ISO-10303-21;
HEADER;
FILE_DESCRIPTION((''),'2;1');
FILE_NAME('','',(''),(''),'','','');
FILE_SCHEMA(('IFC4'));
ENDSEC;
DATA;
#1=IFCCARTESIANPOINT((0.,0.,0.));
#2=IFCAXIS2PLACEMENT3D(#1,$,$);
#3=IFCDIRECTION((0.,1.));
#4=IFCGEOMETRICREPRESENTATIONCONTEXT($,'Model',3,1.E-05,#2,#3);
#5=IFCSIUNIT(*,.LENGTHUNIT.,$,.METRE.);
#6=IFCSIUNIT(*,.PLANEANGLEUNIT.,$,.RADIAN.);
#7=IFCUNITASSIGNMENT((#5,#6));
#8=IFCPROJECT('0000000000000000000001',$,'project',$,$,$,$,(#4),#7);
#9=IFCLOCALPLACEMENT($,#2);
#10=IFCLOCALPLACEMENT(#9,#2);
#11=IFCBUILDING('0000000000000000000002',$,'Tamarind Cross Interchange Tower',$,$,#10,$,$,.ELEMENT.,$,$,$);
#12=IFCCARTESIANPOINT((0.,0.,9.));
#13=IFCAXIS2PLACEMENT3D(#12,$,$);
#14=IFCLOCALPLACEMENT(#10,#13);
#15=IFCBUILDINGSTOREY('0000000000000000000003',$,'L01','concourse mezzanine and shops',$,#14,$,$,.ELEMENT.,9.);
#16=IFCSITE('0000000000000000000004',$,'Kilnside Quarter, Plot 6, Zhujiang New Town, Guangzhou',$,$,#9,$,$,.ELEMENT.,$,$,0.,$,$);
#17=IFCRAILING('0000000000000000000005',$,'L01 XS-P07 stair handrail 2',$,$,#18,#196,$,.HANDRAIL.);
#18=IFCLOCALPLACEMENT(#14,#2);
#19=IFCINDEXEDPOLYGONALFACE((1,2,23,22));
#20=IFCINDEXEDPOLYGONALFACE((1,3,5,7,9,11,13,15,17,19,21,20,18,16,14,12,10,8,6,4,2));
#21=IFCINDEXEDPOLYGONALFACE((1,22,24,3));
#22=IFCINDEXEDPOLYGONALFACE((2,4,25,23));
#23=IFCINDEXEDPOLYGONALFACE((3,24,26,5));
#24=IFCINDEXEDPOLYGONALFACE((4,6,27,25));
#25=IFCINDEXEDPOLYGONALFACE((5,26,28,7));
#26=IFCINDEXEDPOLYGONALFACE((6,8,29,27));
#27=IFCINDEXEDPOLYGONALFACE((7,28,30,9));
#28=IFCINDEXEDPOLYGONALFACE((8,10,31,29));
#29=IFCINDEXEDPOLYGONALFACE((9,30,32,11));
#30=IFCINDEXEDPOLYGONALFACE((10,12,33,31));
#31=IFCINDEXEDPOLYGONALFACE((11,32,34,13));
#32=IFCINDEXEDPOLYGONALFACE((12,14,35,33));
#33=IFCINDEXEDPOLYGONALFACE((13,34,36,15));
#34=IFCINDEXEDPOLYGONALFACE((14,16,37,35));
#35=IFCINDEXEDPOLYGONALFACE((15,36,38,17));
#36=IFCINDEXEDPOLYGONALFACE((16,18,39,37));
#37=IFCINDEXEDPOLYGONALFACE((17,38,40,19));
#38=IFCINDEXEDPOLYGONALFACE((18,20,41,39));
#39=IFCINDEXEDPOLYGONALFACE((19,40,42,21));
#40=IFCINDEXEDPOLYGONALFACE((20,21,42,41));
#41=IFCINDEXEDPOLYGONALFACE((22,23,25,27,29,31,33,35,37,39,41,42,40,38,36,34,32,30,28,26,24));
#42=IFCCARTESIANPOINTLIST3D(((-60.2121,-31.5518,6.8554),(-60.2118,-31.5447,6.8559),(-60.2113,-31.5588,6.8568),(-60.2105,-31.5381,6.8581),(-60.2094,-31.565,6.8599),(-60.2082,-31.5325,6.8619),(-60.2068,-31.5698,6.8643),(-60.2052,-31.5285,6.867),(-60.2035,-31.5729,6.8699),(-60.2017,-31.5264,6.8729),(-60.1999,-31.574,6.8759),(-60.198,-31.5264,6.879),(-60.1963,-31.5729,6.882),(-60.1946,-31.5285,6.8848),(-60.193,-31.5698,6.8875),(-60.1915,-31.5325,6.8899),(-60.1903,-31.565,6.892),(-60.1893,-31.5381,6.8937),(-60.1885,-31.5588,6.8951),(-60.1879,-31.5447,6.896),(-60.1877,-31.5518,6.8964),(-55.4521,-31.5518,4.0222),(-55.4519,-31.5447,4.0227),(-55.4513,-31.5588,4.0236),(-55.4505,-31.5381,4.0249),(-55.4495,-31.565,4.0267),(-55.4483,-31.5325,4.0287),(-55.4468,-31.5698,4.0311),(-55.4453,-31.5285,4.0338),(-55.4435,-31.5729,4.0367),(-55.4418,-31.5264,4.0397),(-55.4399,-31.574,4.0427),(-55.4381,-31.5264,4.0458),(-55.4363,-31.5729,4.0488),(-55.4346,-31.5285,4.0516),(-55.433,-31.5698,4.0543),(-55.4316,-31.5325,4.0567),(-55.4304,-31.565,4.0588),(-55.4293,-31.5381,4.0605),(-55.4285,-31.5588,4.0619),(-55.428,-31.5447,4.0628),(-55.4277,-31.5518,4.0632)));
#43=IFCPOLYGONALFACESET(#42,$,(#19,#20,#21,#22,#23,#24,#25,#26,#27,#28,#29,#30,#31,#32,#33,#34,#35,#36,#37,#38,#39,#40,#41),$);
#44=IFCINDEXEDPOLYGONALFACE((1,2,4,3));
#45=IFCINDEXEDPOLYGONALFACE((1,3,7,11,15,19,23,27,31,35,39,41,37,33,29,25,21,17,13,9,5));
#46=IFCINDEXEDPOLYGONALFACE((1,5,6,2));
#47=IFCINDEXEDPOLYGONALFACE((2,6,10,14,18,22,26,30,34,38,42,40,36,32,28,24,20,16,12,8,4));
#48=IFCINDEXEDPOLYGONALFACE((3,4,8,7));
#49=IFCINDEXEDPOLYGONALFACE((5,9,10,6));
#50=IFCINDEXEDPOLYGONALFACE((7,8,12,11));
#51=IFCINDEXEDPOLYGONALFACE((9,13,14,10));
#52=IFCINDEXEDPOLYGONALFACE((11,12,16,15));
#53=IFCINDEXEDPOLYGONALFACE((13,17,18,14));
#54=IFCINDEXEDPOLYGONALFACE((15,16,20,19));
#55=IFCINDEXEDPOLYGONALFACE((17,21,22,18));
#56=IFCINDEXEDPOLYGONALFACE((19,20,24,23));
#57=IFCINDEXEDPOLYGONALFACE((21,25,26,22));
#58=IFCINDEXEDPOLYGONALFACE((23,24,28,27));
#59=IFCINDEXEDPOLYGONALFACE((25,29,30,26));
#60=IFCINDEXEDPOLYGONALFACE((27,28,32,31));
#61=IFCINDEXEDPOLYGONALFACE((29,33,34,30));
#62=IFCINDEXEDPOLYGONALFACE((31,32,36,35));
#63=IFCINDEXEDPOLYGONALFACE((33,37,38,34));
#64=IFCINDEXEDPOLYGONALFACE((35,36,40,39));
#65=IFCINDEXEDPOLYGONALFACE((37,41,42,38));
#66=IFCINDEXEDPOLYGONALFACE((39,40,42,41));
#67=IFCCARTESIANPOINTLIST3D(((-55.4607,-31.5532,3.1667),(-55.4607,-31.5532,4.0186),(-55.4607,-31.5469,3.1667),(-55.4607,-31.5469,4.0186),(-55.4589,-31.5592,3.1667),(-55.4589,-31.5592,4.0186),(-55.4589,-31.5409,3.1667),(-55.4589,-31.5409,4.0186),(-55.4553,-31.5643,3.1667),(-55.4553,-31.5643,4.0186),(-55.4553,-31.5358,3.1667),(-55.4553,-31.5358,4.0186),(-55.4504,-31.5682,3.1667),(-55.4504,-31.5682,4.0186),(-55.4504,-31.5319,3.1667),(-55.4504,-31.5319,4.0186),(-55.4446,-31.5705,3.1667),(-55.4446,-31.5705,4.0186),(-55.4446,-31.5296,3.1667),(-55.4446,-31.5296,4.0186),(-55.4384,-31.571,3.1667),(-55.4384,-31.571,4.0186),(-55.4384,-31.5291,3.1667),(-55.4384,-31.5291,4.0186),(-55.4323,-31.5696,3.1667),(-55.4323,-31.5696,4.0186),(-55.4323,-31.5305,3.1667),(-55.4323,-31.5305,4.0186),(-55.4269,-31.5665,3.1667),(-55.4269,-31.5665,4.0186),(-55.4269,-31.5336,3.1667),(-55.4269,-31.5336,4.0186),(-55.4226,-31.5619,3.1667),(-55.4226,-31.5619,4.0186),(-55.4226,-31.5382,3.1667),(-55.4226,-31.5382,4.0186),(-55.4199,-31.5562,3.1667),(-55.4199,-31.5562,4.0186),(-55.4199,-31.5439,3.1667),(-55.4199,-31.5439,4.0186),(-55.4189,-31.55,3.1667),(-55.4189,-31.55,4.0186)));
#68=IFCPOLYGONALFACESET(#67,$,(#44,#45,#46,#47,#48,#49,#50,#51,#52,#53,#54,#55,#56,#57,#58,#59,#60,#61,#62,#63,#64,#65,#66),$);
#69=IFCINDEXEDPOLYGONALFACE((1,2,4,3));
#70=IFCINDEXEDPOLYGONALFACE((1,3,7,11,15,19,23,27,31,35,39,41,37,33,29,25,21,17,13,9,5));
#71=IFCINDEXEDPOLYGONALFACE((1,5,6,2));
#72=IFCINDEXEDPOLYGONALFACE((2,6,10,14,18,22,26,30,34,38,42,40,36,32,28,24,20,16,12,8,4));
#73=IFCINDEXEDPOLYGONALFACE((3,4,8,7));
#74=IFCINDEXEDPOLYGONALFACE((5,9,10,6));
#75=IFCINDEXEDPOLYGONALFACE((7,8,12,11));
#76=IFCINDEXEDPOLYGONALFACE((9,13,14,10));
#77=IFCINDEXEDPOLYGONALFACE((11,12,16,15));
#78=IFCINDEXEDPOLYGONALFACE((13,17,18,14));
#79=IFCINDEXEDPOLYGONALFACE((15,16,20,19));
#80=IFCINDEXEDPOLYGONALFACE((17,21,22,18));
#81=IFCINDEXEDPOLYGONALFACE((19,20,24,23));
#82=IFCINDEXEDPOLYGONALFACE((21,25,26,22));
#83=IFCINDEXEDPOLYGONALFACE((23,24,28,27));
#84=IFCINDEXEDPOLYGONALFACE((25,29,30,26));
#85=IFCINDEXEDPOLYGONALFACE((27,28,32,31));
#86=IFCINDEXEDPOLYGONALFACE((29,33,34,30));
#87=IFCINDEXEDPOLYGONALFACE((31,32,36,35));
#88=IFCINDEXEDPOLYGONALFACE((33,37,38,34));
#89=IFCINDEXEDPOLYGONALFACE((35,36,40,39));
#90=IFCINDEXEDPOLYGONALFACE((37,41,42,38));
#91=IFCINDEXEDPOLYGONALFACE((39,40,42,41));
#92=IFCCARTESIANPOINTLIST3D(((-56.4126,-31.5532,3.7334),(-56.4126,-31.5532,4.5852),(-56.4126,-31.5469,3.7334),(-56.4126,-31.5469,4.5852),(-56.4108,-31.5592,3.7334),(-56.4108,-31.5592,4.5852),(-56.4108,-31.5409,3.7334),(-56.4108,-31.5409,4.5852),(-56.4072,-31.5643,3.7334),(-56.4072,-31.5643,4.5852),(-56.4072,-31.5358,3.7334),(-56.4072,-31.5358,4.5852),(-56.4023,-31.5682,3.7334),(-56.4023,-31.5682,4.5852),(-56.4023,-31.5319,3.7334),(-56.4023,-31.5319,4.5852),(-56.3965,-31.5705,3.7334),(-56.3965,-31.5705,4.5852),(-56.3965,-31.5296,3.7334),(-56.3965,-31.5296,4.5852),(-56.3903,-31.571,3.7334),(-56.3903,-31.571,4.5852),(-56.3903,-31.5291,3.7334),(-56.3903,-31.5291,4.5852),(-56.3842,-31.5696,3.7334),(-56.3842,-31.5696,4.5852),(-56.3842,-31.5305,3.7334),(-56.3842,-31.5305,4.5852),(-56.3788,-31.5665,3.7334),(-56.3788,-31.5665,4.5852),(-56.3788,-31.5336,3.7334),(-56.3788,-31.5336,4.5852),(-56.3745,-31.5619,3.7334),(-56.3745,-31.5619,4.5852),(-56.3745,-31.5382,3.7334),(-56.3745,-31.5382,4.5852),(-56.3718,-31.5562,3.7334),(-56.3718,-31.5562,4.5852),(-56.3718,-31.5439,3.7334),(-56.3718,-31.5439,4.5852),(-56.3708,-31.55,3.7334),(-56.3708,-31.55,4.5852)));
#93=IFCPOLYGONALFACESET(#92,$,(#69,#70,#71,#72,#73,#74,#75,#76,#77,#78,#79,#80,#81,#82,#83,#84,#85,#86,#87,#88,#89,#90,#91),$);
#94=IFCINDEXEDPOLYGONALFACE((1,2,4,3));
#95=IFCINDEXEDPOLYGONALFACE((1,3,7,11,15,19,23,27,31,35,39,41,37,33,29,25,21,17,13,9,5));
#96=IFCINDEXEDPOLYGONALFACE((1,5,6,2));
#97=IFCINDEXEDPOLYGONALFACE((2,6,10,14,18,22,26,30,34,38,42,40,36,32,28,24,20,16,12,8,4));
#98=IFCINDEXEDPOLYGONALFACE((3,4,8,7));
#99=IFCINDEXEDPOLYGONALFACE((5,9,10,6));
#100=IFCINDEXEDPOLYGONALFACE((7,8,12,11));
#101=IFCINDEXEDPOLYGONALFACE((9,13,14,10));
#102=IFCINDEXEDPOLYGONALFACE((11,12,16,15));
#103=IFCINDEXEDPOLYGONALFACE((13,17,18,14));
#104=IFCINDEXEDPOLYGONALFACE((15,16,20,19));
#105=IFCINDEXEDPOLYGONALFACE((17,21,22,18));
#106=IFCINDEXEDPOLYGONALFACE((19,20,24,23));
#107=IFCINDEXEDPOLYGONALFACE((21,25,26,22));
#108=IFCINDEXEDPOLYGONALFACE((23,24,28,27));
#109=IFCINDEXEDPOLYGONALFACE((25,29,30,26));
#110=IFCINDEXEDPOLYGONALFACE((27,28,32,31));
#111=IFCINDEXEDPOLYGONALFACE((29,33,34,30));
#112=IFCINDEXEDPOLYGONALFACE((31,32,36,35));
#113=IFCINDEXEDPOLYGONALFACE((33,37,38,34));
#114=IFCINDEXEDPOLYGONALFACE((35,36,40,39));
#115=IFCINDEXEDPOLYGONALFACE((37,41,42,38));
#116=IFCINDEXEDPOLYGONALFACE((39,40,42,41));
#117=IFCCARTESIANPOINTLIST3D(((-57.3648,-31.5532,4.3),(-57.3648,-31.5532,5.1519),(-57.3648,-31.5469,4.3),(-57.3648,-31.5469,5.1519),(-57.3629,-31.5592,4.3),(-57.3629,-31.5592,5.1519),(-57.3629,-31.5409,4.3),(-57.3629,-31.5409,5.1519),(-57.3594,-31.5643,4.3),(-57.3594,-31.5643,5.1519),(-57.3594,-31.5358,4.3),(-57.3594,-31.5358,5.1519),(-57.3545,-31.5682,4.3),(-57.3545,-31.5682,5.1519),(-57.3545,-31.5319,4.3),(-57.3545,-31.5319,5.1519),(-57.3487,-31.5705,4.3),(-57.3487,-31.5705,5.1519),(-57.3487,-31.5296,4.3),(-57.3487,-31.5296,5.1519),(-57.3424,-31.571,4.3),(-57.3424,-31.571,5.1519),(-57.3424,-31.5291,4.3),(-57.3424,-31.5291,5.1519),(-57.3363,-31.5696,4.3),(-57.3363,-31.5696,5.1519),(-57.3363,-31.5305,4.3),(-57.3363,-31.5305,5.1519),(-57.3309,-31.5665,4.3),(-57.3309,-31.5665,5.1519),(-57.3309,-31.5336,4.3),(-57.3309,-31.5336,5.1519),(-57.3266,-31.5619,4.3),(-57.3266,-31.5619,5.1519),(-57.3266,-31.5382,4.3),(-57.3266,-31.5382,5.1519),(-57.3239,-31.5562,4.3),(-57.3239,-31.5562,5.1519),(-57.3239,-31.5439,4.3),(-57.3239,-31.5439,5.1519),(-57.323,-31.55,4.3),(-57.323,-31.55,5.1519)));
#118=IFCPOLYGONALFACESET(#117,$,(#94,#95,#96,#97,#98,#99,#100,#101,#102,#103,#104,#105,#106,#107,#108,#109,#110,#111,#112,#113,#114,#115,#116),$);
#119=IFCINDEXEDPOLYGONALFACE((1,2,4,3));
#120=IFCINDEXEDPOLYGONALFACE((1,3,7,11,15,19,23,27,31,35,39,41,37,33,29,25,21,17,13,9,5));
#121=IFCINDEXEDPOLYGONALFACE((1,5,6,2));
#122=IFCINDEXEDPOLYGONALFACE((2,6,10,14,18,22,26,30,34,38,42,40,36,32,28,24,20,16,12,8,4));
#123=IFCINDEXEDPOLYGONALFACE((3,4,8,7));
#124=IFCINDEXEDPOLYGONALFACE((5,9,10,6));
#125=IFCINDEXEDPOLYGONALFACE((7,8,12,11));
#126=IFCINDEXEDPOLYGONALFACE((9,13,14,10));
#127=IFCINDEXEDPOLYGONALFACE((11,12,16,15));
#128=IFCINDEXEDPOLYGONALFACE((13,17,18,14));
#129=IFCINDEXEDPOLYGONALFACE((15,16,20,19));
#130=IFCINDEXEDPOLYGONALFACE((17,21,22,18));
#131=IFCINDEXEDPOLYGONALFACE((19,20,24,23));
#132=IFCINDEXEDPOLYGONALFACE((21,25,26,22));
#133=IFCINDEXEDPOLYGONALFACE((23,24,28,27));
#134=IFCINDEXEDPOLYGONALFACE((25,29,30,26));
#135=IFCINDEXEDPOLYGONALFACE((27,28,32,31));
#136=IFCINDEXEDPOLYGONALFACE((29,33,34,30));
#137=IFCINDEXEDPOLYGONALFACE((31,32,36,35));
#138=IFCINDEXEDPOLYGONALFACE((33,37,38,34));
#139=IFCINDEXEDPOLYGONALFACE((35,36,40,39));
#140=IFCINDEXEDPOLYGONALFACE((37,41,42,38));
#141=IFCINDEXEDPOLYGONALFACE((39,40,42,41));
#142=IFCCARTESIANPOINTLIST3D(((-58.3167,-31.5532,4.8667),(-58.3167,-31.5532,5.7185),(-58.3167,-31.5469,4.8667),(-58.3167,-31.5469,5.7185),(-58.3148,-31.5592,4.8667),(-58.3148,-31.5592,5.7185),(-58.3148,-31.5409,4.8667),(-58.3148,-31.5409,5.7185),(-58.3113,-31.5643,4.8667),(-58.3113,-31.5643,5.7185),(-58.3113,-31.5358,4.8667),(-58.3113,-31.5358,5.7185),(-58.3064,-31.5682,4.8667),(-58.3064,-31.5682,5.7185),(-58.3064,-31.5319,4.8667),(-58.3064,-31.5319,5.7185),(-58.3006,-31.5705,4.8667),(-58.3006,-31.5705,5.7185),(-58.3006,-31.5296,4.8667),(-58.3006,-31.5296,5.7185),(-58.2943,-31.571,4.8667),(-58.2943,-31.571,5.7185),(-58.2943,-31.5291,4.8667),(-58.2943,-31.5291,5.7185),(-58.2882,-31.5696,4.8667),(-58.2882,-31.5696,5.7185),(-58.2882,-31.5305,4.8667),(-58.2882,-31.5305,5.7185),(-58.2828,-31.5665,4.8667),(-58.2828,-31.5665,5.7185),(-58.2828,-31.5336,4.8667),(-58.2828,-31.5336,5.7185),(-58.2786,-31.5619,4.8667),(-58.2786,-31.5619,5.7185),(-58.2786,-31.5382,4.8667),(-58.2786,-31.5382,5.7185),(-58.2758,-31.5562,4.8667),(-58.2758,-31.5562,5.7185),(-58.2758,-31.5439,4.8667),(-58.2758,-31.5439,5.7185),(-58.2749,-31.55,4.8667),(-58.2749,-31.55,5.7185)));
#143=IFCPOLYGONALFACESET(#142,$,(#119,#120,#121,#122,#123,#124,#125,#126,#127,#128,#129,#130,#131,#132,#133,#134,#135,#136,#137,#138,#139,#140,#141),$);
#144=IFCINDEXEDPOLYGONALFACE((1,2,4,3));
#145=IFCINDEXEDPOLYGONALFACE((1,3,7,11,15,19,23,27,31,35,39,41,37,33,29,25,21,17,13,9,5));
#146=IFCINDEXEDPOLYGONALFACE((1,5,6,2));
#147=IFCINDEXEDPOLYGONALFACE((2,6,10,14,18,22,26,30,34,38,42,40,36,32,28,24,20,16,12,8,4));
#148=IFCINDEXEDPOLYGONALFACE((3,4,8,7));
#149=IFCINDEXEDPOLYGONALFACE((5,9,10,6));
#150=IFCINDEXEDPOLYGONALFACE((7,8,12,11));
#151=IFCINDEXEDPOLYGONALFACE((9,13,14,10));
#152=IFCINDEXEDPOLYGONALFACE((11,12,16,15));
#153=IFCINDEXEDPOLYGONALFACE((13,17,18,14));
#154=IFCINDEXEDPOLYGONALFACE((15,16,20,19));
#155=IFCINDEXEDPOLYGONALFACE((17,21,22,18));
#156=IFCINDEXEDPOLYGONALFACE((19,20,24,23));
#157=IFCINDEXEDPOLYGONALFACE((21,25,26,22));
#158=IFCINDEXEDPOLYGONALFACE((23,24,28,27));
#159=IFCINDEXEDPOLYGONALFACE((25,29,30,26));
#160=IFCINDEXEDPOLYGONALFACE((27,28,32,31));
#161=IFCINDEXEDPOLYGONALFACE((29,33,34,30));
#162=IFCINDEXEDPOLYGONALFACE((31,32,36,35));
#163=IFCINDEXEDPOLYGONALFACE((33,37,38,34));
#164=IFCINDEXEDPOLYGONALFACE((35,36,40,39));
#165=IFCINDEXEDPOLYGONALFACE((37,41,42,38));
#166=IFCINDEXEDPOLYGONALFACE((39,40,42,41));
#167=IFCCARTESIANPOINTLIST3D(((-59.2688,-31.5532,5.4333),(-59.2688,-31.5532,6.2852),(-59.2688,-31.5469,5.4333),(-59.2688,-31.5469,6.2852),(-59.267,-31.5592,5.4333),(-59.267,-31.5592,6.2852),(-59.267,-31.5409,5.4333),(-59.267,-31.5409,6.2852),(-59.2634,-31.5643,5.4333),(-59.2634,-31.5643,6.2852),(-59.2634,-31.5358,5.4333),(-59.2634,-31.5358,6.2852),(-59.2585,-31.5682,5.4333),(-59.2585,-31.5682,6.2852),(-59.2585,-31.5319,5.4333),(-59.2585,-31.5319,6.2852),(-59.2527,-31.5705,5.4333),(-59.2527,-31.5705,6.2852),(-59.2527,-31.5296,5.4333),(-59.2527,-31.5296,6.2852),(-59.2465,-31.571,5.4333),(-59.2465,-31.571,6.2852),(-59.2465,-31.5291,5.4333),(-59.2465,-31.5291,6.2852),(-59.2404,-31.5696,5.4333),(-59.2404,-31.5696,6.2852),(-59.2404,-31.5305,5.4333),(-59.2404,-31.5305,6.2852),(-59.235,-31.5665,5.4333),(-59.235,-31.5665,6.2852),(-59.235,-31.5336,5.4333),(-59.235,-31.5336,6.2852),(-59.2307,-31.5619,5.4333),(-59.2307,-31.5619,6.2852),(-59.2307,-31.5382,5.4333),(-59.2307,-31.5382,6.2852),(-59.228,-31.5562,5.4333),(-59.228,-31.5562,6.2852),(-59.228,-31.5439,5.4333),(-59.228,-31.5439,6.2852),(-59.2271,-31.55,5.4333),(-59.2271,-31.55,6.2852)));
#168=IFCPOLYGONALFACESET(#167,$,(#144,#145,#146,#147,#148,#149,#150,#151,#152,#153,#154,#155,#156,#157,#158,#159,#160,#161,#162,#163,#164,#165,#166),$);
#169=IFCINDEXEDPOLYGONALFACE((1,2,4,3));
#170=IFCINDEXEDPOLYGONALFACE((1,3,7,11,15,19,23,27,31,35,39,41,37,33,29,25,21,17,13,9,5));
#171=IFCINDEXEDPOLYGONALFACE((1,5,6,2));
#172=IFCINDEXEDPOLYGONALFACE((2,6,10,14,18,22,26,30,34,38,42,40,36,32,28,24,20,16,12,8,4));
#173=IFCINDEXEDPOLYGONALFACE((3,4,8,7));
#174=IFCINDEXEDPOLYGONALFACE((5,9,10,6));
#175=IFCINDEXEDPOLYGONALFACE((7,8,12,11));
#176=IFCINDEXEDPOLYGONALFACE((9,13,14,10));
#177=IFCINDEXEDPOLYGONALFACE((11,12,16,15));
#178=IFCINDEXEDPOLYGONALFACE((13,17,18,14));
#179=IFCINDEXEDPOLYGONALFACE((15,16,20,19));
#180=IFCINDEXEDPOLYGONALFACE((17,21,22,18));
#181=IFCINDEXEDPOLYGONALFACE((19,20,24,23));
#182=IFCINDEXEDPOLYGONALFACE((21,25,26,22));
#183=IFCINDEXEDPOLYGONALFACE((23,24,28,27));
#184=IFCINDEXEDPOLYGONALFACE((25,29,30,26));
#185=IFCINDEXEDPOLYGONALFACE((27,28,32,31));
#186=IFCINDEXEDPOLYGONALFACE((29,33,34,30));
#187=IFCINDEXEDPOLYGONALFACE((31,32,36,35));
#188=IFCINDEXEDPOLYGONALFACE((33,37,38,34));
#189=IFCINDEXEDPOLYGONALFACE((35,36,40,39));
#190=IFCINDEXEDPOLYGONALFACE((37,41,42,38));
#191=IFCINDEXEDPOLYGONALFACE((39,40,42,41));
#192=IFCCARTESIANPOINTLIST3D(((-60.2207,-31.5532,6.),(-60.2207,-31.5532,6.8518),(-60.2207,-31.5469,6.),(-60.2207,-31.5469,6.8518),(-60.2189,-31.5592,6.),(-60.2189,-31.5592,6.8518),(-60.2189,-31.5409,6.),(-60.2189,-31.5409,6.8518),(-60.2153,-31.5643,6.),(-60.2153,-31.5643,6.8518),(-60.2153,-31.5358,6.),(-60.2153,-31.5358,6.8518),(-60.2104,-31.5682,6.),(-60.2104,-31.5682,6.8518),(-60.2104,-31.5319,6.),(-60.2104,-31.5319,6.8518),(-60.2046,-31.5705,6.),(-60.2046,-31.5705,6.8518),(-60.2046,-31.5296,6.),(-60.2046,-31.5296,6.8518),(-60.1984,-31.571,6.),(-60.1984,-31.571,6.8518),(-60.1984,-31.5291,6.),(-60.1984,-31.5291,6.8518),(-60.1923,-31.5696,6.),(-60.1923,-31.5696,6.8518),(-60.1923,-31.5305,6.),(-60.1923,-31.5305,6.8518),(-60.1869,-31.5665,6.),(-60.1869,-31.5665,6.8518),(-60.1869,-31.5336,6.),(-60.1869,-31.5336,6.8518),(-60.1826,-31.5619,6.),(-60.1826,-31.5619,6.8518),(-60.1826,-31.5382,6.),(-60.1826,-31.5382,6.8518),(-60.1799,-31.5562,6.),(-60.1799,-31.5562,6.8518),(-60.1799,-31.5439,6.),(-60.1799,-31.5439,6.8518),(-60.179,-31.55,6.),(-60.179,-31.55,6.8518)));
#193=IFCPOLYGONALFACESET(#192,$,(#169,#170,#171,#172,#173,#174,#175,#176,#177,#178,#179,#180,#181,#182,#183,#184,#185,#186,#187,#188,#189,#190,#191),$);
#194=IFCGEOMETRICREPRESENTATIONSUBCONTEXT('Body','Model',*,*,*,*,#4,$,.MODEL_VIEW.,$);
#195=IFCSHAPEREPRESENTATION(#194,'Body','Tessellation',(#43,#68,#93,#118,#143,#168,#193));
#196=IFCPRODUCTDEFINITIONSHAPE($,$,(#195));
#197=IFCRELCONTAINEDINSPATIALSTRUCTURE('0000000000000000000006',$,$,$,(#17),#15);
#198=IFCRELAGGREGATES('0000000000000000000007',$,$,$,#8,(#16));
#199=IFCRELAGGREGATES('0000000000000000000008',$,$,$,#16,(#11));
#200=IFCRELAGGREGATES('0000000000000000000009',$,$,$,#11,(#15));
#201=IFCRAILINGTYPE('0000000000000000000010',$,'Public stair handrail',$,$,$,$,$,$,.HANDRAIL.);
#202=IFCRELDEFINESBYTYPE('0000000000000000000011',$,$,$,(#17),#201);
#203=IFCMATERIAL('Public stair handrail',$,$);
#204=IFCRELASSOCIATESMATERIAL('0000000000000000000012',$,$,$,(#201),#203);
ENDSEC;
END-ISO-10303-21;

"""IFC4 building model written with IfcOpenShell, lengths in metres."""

from ifc_helpers import new_model, si_unit, direction, frame, origin, origin_2d, place, context, subcontext, project, spatial, circle, extrude, material, type_object, element, save


model = new_model("IFC4")

# Units and contexts
model_context = context("Model", 3, precision=1e-05, world=origin(), true_north=direction((0.0, 1.0)))
body_context = subcontext(model_context, "Body", "Model", "MODEL_VIEW")
ifc_project = project(units=[si_unit("LENGTHUNIT", "METRE"), si_unit("PLANEANGLEUNIT", "RADIAN")], contexts=[model_context])

# Site, building, storey
site_placement = place(None, origin())
site = spatial("IfcSite", under=ifc_project, at=site_placement, Name="Kilnside Quarter, Plot 6, Zhujiang New Town, Guangzhou", CompositionType="ELEMENT", RefElevation=0.0)
building_placement = place(site_placement, origin())
building = spatial("IfcBuilding", under=site, at=building_placement, Name="Tamarind Cross Interchange Tower", CompositionType="ELEMENT")
storey_placement = place(building_placement, frame((0.0, 0.0, 9.0)))
storey = spatial("IfcBuildingStorey", under=building, at=storey_placement, Name="L01", Description="concourse mezzanine and shops", CompositionType="ELEMENT", Elevation=9.0)

# Railing
ifc_material_1 = material(Name="Public stair handrail")
railing_type_1 = type_object("IfcRailingType", Name="Public stair handrail", PredefinedType="HANDRAIL", material=ifc_material_1)
railing_1_placement = place(storey_placement, frame((-55.4399, -31.55, 3.1667)))
element("IfcRailing", 1, at=railing_1_placement, inside=storey, type_object=railing_type_1, Name="L01 XS-P07 stair handrail 2", PredefinedType="HANDRAIL", context=body_context, shape_type="SweptSolid", body=[
    extrude(circle(Radius=0.0239, at=origin_2d()), frame((0.0, 0.0, 0.876), z_axis=(-0.8593, 0.0, 0.511472), x_axis=(0.0, -1.0, 0.0)), (0.0, 0.0, 1.0), 5.5393),
    extrude(circle(Radius=0.021, at=origin_2d()), origin(), (0.0, 0.0, 1.0), 0.8518),
    extrude(circle(Radius=0.021, at=origin_2d()), frame((-0.9519, 0.0, 0.5667)), (0.0, 0.0, 1.0), 0.8518),
    extrude(circle(Radius=0.021, at=origin_2d()), frame((-1.9041, 0.0, 1.1333)), (0.0, 0.0, 1.0), 0.8518),
    extrude(circle(Radius=0.021, at=origin_2d()), frame((-2.856, 0.0, 1.7)), (0.0, 0.0, 1.0), 0.8518),
    extrude(circle(Radius=0.021, at=origin_2d()), frame((-3.8081, 0.0, 2.2666)), (0.0, 0.0, 1.0), 0.8518),
    extrude(circle(Radius=0.021, at=origin_2d()), frame((-4.76, 0.0, 2.8333)), (0.0, 0.0, 1.0), 0.8518),
])

save(model, "model.ifc")
